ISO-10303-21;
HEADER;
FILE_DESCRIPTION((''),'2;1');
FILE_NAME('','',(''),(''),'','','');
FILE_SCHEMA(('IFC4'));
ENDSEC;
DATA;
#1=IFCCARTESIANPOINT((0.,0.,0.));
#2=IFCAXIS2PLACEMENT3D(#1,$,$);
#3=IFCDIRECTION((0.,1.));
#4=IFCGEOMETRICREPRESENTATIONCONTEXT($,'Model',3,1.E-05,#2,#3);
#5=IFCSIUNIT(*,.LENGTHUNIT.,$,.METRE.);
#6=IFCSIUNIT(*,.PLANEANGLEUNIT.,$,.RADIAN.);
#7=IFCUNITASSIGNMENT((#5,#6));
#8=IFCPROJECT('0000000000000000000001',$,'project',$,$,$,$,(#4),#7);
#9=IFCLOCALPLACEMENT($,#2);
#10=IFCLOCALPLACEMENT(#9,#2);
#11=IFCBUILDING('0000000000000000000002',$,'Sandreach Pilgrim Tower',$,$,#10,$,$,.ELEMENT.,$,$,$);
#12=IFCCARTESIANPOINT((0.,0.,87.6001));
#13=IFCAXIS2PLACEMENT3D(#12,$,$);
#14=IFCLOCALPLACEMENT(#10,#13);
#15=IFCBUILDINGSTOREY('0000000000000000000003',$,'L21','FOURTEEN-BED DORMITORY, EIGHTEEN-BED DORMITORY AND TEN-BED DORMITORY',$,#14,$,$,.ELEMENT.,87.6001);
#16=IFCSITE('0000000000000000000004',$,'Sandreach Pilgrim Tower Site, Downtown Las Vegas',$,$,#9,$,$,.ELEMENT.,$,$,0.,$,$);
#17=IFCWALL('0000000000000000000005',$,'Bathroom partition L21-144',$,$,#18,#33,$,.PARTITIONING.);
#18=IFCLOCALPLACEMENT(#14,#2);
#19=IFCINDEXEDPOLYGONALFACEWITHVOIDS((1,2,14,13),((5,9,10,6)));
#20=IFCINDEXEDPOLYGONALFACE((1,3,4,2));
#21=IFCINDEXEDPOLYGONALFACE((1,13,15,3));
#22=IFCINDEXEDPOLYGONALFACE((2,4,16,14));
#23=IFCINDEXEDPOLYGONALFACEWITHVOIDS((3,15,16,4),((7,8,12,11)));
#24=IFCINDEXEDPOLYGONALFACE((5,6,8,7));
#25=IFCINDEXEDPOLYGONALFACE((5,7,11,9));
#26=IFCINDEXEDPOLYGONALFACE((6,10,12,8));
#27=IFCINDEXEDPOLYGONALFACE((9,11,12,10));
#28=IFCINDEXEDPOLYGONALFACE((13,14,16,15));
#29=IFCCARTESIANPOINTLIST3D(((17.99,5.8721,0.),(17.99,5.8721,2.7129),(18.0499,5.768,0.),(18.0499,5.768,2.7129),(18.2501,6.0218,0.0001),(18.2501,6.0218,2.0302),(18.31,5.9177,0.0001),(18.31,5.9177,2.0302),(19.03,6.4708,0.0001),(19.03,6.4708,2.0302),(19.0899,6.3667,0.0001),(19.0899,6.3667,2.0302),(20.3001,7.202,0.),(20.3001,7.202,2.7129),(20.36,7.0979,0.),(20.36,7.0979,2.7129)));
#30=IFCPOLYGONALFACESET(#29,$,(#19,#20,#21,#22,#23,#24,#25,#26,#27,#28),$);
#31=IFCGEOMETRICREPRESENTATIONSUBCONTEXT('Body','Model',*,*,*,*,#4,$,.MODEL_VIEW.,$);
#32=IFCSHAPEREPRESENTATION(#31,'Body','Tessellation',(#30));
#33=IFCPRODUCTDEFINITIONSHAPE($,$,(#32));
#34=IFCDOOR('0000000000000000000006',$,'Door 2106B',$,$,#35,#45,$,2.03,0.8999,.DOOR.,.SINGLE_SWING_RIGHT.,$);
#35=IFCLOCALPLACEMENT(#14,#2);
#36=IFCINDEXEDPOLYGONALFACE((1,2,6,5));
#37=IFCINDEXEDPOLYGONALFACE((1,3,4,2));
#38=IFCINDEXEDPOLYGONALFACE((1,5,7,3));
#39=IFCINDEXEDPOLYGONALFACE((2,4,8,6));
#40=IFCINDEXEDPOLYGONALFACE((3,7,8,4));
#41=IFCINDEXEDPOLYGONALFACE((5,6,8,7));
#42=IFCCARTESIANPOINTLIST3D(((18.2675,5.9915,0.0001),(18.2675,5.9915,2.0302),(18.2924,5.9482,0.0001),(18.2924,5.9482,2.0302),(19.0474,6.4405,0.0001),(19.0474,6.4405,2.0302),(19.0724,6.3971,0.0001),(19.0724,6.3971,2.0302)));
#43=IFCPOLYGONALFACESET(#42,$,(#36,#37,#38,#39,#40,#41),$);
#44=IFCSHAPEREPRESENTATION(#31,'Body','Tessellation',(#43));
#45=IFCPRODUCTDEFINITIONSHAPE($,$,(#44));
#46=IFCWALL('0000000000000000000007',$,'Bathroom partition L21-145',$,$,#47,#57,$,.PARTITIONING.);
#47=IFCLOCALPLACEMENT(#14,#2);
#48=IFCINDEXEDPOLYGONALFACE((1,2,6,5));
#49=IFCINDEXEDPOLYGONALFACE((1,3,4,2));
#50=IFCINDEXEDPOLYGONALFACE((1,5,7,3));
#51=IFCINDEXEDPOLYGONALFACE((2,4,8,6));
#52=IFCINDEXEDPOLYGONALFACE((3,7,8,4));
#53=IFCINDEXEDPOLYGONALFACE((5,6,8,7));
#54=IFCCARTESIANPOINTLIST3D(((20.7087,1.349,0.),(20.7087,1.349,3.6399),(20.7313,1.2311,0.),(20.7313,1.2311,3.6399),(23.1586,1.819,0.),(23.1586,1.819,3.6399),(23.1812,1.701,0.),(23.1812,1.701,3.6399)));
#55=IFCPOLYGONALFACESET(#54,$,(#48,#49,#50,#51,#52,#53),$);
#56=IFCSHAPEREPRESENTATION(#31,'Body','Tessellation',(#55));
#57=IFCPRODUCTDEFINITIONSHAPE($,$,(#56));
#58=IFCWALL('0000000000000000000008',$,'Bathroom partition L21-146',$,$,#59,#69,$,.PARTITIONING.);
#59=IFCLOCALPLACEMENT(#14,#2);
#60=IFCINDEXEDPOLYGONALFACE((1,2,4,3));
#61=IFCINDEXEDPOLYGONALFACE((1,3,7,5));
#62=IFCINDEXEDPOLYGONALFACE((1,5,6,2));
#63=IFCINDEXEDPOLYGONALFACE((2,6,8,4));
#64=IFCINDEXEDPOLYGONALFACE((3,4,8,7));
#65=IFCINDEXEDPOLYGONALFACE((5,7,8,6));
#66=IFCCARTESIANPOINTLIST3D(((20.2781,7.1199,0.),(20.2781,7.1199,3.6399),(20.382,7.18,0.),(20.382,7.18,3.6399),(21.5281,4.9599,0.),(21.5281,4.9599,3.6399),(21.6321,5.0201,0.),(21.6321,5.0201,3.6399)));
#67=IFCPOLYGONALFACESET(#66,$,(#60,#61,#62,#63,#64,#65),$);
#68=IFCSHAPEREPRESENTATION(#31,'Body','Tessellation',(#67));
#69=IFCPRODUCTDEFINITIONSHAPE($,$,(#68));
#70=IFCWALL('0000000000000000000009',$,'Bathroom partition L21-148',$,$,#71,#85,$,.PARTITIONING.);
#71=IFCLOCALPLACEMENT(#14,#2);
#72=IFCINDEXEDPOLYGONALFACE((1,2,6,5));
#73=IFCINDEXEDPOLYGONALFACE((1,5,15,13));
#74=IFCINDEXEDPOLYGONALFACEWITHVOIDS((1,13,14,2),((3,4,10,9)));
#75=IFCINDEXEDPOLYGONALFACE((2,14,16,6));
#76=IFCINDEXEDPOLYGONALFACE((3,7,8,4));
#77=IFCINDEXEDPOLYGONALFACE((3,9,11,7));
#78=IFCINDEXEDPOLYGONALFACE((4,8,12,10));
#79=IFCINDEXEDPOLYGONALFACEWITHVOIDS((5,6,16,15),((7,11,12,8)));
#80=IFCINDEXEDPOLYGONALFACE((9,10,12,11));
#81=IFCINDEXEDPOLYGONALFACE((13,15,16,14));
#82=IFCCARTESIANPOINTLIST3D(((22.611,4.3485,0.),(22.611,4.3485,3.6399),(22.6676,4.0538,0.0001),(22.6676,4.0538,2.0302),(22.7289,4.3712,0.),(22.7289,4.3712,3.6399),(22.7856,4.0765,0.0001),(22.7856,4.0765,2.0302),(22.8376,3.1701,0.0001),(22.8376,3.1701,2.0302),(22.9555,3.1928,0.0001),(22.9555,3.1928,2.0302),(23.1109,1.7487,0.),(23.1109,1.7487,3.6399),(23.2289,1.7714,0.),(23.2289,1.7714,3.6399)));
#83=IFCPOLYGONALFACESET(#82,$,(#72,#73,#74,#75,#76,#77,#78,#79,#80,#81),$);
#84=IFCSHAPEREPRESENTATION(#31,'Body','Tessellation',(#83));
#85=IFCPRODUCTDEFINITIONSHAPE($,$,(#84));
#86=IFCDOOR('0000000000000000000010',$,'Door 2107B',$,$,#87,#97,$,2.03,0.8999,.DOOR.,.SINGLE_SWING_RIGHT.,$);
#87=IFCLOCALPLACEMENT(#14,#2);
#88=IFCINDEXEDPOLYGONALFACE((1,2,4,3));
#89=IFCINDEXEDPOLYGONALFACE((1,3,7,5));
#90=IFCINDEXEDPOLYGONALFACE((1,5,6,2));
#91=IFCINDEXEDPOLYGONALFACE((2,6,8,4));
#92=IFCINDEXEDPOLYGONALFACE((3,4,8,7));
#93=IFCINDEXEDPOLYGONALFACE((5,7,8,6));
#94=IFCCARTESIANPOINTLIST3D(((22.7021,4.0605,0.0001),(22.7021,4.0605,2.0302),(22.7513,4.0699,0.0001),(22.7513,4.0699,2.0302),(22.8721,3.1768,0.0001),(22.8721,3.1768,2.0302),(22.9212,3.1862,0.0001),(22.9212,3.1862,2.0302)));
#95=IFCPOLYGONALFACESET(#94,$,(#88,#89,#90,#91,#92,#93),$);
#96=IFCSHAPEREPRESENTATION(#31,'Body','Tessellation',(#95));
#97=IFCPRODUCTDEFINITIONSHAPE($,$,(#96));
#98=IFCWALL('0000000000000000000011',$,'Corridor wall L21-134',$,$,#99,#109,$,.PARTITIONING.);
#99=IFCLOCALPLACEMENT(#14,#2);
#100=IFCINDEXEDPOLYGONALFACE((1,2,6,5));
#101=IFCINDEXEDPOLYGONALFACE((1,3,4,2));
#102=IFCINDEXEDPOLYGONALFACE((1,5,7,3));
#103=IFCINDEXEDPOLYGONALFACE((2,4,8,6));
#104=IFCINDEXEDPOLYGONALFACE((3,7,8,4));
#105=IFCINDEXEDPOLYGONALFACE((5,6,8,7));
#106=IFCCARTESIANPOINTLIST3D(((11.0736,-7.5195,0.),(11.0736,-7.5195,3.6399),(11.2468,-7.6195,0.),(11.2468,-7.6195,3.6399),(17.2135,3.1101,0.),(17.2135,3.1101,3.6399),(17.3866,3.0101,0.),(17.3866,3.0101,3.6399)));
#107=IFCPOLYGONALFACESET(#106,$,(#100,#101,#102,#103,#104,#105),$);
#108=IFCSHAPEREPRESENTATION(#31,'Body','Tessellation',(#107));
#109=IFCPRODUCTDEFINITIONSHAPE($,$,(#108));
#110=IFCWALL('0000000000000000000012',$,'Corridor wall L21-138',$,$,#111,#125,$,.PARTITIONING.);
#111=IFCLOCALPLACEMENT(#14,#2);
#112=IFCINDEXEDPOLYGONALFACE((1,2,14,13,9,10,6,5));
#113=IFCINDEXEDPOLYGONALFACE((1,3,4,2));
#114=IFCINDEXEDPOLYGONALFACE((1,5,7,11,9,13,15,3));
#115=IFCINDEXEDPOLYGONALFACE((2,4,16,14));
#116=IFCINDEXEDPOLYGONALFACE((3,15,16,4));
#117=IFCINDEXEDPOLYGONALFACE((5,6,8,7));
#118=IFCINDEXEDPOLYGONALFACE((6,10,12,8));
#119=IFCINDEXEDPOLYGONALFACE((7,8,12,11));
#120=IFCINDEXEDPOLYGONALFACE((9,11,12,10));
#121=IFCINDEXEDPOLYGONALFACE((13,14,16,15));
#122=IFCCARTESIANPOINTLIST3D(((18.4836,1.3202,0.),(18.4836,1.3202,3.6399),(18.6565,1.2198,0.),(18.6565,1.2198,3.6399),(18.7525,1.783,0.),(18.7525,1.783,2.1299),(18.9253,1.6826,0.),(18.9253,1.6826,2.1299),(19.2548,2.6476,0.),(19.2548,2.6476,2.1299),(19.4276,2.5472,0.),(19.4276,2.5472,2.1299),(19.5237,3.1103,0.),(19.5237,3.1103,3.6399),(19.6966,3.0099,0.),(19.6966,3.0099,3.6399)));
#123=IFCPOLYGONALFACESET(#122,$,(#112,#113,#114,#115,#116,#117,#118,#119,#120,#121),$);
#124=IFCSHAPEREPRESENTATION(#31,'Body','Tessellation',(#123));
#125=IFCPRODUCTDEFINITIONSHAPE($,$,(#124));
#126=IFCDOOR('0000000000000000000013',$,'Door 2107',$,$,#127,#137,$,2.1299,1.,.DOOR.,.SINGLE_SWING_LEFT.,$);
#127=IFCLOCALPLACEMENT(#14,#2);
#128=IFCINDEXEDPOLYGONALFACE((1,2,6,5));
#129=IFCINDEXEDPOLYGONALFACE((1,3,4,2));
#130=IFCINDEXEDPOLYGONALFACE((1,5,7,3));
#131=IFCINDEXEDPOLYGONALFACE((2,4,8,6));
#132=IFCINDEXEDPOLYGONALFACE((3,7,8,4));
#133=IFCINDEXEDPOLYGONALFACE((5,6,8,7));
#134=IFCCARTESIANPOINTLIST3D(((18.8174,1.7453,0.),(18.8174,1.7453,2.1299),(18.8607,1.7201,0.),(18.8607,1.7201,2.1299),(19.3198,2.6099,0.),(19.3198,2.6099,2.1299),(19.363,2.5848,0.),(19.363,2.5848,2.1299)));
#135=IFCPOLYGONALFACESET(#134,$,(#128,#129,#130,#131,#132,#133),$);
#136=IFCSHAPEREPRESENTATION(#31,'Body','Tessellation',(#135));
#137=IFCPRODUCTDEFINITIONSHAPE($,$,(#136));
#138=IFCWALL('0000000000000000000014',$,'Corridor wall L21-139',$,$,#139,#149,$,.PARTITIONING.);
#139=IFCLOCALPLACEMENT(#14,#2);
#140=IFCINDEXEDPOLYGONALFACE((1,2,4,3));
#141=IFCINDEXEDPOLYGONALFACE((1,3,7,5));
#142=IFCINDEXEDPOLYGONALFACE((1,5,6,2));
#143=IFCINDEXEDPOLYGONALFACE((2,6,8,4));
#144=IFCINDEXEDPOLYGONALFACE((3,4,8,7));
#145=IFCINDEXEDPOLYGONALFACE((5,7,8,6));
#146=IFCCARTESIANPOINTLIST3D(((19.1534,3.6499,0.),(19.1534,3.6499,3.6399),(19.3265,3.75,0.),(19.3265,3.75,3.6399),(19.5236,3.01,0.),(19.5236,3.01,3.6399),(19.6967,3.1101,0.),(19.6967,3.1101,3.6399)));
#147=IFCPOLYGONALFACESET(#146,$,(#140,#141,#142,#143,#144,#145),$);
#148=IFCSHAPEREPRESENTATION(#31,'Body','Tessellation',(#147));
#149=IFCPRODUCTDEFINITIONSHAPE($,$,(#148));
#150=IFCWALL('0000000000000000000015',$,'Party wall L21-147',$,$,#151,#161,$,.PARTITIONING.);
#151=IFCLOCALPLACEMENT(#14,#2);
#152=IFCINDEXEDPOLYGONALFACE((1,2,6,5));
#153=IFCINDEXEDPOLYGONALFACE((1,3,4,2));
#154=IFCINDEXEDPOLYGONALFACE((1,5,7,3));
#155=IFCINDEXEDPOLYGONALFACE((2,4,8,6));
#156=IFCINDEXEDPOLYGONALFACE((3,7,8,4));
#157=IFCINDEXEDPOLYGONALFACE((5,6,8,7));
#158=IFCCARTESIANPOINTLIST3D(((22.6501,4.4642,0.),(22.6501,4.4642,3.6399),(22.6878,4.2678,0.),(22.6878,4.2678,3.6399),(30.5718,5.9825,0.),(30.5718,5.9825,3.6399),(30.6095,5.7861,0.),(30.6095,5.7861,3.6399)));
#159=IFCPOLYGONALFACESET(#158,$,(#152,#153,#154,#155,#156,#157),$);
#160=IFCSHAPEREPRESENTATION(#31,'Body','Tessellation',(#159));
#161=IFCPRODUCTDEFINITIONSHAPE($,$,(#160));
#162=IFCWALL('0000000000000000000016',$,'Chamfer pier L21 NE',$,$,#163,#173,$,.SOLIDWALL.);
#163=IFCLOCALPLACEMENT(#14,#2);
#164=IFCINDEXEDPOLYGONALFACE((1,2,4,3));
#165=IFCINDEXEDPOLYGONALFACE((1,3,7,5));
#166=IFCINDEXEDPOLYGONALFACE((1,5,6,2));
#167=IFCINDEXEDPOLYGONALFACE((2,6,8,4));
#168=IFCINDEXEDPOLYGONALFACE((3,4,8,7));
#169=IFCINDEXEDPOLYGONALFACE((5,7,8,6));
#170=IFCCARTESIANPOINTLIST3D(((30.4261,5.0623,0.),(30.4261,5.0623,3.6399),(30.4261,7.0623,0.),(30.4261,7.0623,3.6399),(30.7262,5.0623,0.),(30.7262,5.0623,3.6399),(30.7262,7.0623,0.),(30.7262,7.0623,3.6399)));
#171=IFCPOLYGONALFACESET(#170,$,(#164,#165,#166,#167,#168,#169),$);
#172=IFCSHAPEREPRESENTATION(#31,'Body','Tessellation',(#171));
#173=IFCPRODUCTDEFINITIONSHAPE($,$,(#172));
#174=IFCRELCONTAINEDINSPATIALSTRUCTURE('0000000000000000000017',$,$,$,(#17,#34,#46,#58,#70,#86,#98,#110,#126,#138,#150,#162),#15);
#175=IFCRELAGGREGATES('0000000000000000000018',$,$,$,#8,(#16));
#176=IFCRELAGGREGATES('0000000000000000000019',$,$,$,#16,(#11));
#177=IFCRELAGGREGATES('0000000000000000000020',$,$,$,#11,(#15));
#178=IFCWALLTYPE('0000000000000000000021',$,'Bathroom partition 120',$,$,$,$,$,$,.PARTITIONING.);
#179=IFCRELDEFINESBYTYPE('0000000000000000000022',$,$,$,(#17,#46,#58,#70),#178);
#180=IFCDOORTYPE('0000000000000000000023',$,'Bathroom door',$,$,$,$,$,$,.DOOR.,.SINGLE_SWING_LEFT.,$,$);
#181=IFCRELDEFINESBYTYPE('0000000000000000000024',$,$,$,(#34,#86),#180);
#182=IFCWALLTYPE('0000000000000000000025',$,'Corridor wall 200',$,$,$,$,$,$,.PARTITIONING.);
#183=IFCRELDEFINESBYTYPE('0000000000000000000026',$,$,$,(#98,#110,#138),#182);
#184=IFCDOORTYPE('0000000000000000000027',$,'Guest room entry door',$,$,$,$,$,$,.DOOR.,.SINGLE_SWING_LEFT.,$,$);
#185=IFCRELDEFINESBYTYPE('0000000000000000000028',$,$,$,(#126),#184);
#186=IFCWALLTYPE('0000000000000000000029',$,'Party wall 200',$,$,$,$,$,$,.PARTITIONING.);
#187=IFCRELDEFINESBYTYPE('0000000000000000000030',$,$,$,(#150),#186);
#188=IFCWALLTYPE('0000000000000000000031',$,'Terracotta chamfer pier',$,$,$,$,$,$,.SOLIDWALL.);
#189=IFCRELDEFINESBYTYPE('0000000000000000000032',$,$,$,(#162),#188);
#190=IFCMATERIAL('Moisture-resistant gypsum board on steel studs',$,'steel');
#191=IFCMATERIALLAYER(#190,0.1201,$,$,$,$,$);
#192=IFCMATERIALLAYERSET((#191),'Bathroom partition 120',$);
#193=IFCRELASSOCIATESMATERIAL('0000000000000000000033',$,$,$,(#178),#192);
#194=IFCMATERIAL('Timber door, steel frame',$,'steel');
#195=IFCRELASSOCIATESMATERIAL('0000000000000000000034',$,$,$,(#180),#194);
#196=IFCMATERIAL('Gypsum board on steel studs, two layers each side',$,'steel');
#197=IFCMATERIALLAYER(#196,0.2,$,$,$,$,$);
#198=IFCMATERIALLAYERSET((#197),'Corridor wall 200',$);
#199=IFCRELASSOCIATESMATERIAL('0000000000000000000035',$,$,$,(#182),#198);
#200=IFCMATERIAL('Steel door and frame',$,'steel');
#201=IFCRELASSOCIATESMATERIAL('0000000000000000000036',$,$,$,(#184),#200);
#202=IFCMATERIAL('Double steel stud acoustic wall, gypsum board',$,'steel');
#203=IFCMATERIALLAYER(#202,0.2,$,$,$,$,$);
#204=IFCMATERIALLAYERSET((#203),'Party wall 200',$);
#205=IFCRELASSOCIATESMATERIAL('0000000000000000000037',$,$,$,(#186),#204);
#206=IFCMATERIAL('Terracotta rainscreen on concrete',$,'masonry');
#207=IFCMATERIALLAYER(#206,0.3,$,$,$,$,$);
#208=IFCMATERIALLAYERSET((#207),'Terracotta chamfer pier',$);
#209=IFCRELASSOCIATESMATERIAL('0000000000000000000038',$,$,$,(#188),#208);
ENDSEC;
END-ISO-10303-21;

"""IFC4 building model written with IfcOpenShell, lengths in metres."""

from ifc_helpers import new_model, si_unit, direction, frame, frame_2d, origin, place, context, subcontext, project, spatial, rectangle, extrude, material, layer, layer_set, type_object, element, fill, save


model = new_model("IFC4")

# Units and contexts
model_context = context("Model", 3, precision=1e-05, world=origin(), true_north=direction((0.0, 1.0)))
body_context = subcontext(model_context, "Body", "Model", "MODEL_VIEW")
ifc_project = project(units=[si_unit("LENGTHUNIT", "METRE"), si_unit("PLANEANGLEUNIT", "RADIAN")], contexts=[model_context])

# Site, building, storey
site_placement = place(None, origin())
site = spatial("IfcSite", under=ifc_project, at=site_placement, Name="Sandreach Pilgrim Tower Site, Downtown Las Vegas", CompositionType="ELEMENT", RefElevation=0.0)
building_placement = place(site_placement, origin())
building = spatial("IfcBuilding", under=site, at=building_placement, Name="Sandreach Pilgrim Tower", CompositionType="ELEMENT")
storey_placement = place(building_placement, frame((0.0, 0.0, 87.6001)))
storey = spatial("IfcBuildingStorey", under=building, at=storey_placement, Name="L21", Description="FOURTEEN-BED DORMITORY, EIGHTEEN-BED DORMITORY AND TEN-BED DORMITORY", CompositionType="ELEMENT", Elevation=87.6001)

# Shared definitions
ifc_material_1 = material(Name="Moisture-resistant gypsum board on steel studs", Category="steel")
ifc_layer_1 = layer(ifc_material_1, 0.1201)
ifc_layer_set_1 = layer_set([ifc_layer_1], Name="Bathroom partition 120")
wall_type_1 = type_object("IfcWallType", Name="Bathroom partition 120", PredefinedType="PARTITIONING", material=ifc_layer_set_1)

# Wall, opening, door
wall_1_placement = place(storey_placement, frame((20.3301, 7.1499, 0.0), z_axis=(0.0, 0.0, 1.0), x_axis=(-0.866655, -0.498908, 0.0)))
wall_1 = element("IfcWall", 1, at=wall_1_placement, inside=storey, type_object=wall_type_1, Name="Bathroom partition L21-144", PredefinedType="PARTITIONING", context=body_context, shape_type="SweptSolid", body=[
    extrude(rectangle(XDim=2.6655, YDim=0.1201, at=frame_2d((1.3328, 0.0))), origin(), (0.0, 0.0, 1.0), 2.7129),
])
opening_1_placement = place(wall_1_placement, frame((1.4656, 0.0, 0.0)))
opening_1 = element("IfcOpeningElement", 2, at=opening_1_placement, cuts=wall_1, PredefinedType="OPENING", context=body_context, shape_type="SweptSolid", body=[
    extrude(rectangle(XDim=0.8999, YDim=2.03, at=frame_2d((0.45, 1.0151))), frame((0.0, 0.0601, 0.0), z_axis=(0.0, -1.0, 0.0), x_axis=(1.0, 0.0, 0.0)), (0.0, 0.0, 1.0), 0.1201),
])
ifc_material_2 = material(Name="Timber door, steel frame", Category="steel")
door_type_1 = type_object("IfcDoorType", Name="Bathroom door", OperationType="SINGLE_SWING_LEFT", PredefinedType="DOOR", material=ifc_material_2)
door_1_placement = place(opening_1_placement, origin())
door_1 = element("IfcDoor", 3, at=door_1_placement, inside=storey, type_object=door_type_1, Name="Door 2106B", OperationType="SINGLE_SWING_RIGHT", OverallHeight=2.03, OverallWidth=0.8999, PredefinedType="DOOR", context=body_context, shape_type="SweptSolid", body=[
    extrude(rectangle(XDim=0.8999, YDim=2.03, at=frame_2d((0.45, 1.0151))), frame((0.0, 0.0249, 0.0), z_axis=(0.0, -1.0, 0.0), x_axis=(1.0, 0.0, 0.0)), (0.0, 0.0, 1.0), 0.05),
])
fill(opening_1, door_1)

# Walls
wall_2_placement = place(storey_placement, frame((20.72, 1.29, 0.0), z_axis=(0.0, 0.0, 1.0), x_axis=(0.982094, 0.188394, 0.0)))
element("IfcWall", 4, at=wall_2_placement, inside=storey, type_object=wall_type_1, Name="Bathroom partition L21-145", PredefinedType="PARTITIONING", context=body_context, shape_type="SweptSolid", body=[
    extrude(rectangle(XDim=2.4946, YDim=0.1201, at=frame_2d((1.2473, 0.0))), origin(), (0.0, 0.0, 1.0), 3.6399),
])
wall_3_placement = place(storey_placement, frame((21.5801, 4.99, 0.0), z_axis=(0.0, 0.0, 1.0), x_axis=(-0.500894, 0.865509, 0.0)))
element("IfcWall", 5, at=wall_3_placement, inside=storey, type_object=wall_type_1, Name="Bathroom partition L21-146", PredefinedType="PARTITIONING", context=body_context, shape_type="SweptSolid", body=[
    extrude(rectangle(XDim=2.4956, YDim=0.1201, at=frame_2d((1.2478, 0.0))), origin(), (0.0, 0.0, 1.0), 3.6399),
])

# Wall, opening, door
wall_4_placement = place(storey_placement, frame((23.1699, 1.76, 0.0), z_axis=(0.0, 0.0, 1.0), x_axis=(-0.188858, 0.982004, 0.0)))
wall_4 = element("IfcWall", 6, at=wall_4_placement, inside=storey, type_object=wall_type_1, Name="Bathroom partition L21-148", PredefinedType="PARTITIONING", context=body_context, shape_type="SweptSolid", body=[
    extrude(rectangle(XDim=2.6475, YDim=0.1201, at=frame_2d((1.3237, 0.0))), origin(), (0.0, 0.0, 1.0), 3.6399),
])
opening_2_placement = place(wall_4_placement, frame((1.4475, 0.0, 0.0)))
opening_2 = element("IfcOpeningElement", 7, at=opening_2_placement, cuts=wall_4, PredefinedType="OPENING", context=body_context, shape_type="SweptSolid", body=[
    extrude(rectangle(XDim=0.8999, YDim=2.03, at=frame_2d((0.45, 1.0151))), frame((0.0, 0.0601, 0.0), z_axis=(0.0, -1.0, 0.0), x_axis=(1.0, 0.0, 0.0)), (0.0, 0.0, 1.0), 0.1201),
])
door_2_placement = place(opening_2_placement, origin())
door_2 = element("IfcDoor", 8, at=door_2_placement, inside=storey, type_object=door_type_1, Name="Door 2107B", OperationType="SINGLE_SWING_RIGHT", OverallHeight=2.03, OverallWidth=0.8999, PredefinedType="DOOR", context=body_context, shape_type="SweptSolid", body=[
    extrude(rectangle(XDim=0.8999, YDim=2.03, at=frame_2d((0.45, 1.0151))), frame((0.0, 0.0249, 0.0), z_axis=(0.0, -1.0, 0.0), x_axis=(1.0, 0.0, 0.0)), (0.0, 0.0, 1.0), 0.05),
])
fill(opening_2, door_2)
ifc_material_3 = material(Name="Gypsum board on steel studs, two layers each side", Category="steel")
ifc_layer_2 = layer(ifc_material_3, 0.2)
ifc_layer_set_2 = layer_set([ifc_layer_2], Name="Corridor wall 200")
wall_type_2 = type_object("IfcWallType", Name="Corridor wall 200", PredefinedType="PARTITIONING", material=ifc_layer_set_2)
ifc_material_4 = material(Name="Steel door and frame", Category="steel")
door_type_2 = type_object("IfcDoorType", Name="Guest room entry door", OperationType="SINGLE_SWING_LEFT", PredefinedType="DOOR", material=ifc_material_4)

# Wall
wall_5_placement = place(storey_placement, frame((17.3, 3.0601, 0.0), z_axis=(0.0, 0.0, 1.0), x_axis=(-0.500175, -0.865924, 0.0)))
element("IfcWall", 9, at=wall_5_placement, inside=storey, type_object=wall_type_2, Name="Corridor wall L21-134", PredefinedType="PARTITIONING", context=body_context, shape_type="SweptSolid", body=[
    extrude(rectangle(XDim=12.2754, YDim=0.2, at=frame_2d((6.1377, 0.0))), origin(), (0.0, 0.0, 1.0), 3.6399),
])

# Wall, opening, door
wall_6_placement = place(storey_placement, frame((18.5701, 1.27, 0.0), z_axis=(0.0, 0.0, 1.0), x_axis=(0.502374, 0.86465, 0.0)))
wall_6 = element("IfcWall", 10, at=wall_6_placement, inside=storey, type_object=wall_type_2, Name="Corridor wall L21-138", PredefinedType="PARTITIONING", context=body_context, shape_type="SweptSolid", body=[
    extrude(rectangle(XDim=2.0703, YDim=0.2, at=frame_2d((1.0352, 0.0))), origin(), (0.0, 0.0, 1.0), 3.6399),
])
opening_3_placement = place(wall_6_placement, frame((0.5352, 0.0, 0.0)))
opening_3 = element("IfcOpeningElement", 11, at=opening_3_placement, cuts=wall_6, PredefinedType="OPENING", context=body_context, shape_type="SweptSolid", body=[
    extrude(rectangle(XDim=1.0, YDim=2.1299, at=frame_2d((0.5, 1.0649))), frame((0.0, 0.1001, 0.0), z_axis=(0.0, -1.0, 0.0), x_axis=(1.0, 0.0, 0.0)), (0.0, 0.0, 1.0), 0.2),
])
door_3_placement = place(opening_3_placement, origin())
door_3 = element("IfcDoor", 12, at=door_3_placement, inside=storey, type_object=door_type_2, Name="Door 2107", OperationType="SINGLE_SWING_LEFT", OverallHeight=2.1299, OverallWidth=1.0, PredefinedType="DOOR", context=body_context, shape_type="SweptSolid", body=[
    extrude(rectangle(XDim=1.0, YDim=2.1299, at=frame_2d((0.5, 1.0649))), frame((0.0, 0.0249, 0.0), z_axis=(0.0, -1.0, 0.0), x_axis=(1.0, 0.0, 0.0)), (0.0, 0.0, 1.0), 0.05),
])
fill(opening_3, door_3)

# Walls
wall_7_placement = place(storey_placement, frame((19.24, 3.7, 0.0), z_axis=(0.0, 0.0, 1.0), x_axis=(0.500685, -0.86563, 0.0)))
element("IfcWall", 13, at=wall_7_placement, inside=storey, type_object=wall_type_2, Name="Corridor wall L21-139", PredefinedType="PARTITIONING", context=body_context, shape_type="SweptSolid", body=[
    extrude(rectangle(XDim=0.7393, YDim=0.2, at=frame_2d((0.3696, 0.0))), origin(), (0.0, 0.0, 1.0), 3.6399),
])
ifc_material_5 = material(Name="Double steel stud acoustic wall, gypsum board", Category="steel")
ifc_layer_3 = layer(ifc_material_5, 0.2)
ifc_layer_set_3 = layer_set([ifc_layer_3], Name="Party wall 200")
wall_type_3 = type_object("IfcWallType", Name="Party wall 200", PredefinedType="PARTITIONING", material=ifc_layer_set_3)
wall_8_placement = place(storey_placement, frame((22.6689, 4.366, 0.0), z_axis=(0.0, 0.0, 1.0), x_axis=(0.982123, 0.18824, 0.0)))
element("IfcWall", 14, at=wall_8_placement, inside=storey, type_object=wall_type_3, Name="Party wall L21-147", PredefinedType="PARTITIONING", context=body_context, shape_type="SweptSolid", body=[
    extrude(rectangle(XDim=8.0659, YDim=0.2, at=frame_2d((4.033, 0.0))), origin(), (0.0, 0.0, 1.0), 3.6399),
])
ifc_material_6 = material(Name="Terracotta rainscreen on concrete", Category="masonry")
ifc_layer_4 = layer(ifc_material_6, 0.3)
ifc_layer_set_4 = layer_set([ifc_layer_4], Name="Terracotta chamfer pier")
wall_type_4 = type_object("IfcWallType", Name="Terracotta chamfer pier", PredefinedType="SOLIDWALL", material=ifc_layer_set_4)
wall_9_placement = place(storey_placement, frame((30.5762, 7.0623, 0.0), z_axis=(0.0, 0.0, 1.0), x_axis=(0.0, -1.0, 0.0)))
element("IfcWall", 15, at=wall_9_placement, inside=storey, type_object=wall_type_4, Name="Chamfer pier L21 NE", PredefinedType="SOLIDWALL", context=body_context, shape_type="SweptSolid", body=[
    extrude(rectangle(XDim=2.0, YDim=0.3, at=frame_2d((1.0, 0.0))), origin(), (0.0, 0.0, 1.0), 3.6399),
])

save(model, "model.ifc")
